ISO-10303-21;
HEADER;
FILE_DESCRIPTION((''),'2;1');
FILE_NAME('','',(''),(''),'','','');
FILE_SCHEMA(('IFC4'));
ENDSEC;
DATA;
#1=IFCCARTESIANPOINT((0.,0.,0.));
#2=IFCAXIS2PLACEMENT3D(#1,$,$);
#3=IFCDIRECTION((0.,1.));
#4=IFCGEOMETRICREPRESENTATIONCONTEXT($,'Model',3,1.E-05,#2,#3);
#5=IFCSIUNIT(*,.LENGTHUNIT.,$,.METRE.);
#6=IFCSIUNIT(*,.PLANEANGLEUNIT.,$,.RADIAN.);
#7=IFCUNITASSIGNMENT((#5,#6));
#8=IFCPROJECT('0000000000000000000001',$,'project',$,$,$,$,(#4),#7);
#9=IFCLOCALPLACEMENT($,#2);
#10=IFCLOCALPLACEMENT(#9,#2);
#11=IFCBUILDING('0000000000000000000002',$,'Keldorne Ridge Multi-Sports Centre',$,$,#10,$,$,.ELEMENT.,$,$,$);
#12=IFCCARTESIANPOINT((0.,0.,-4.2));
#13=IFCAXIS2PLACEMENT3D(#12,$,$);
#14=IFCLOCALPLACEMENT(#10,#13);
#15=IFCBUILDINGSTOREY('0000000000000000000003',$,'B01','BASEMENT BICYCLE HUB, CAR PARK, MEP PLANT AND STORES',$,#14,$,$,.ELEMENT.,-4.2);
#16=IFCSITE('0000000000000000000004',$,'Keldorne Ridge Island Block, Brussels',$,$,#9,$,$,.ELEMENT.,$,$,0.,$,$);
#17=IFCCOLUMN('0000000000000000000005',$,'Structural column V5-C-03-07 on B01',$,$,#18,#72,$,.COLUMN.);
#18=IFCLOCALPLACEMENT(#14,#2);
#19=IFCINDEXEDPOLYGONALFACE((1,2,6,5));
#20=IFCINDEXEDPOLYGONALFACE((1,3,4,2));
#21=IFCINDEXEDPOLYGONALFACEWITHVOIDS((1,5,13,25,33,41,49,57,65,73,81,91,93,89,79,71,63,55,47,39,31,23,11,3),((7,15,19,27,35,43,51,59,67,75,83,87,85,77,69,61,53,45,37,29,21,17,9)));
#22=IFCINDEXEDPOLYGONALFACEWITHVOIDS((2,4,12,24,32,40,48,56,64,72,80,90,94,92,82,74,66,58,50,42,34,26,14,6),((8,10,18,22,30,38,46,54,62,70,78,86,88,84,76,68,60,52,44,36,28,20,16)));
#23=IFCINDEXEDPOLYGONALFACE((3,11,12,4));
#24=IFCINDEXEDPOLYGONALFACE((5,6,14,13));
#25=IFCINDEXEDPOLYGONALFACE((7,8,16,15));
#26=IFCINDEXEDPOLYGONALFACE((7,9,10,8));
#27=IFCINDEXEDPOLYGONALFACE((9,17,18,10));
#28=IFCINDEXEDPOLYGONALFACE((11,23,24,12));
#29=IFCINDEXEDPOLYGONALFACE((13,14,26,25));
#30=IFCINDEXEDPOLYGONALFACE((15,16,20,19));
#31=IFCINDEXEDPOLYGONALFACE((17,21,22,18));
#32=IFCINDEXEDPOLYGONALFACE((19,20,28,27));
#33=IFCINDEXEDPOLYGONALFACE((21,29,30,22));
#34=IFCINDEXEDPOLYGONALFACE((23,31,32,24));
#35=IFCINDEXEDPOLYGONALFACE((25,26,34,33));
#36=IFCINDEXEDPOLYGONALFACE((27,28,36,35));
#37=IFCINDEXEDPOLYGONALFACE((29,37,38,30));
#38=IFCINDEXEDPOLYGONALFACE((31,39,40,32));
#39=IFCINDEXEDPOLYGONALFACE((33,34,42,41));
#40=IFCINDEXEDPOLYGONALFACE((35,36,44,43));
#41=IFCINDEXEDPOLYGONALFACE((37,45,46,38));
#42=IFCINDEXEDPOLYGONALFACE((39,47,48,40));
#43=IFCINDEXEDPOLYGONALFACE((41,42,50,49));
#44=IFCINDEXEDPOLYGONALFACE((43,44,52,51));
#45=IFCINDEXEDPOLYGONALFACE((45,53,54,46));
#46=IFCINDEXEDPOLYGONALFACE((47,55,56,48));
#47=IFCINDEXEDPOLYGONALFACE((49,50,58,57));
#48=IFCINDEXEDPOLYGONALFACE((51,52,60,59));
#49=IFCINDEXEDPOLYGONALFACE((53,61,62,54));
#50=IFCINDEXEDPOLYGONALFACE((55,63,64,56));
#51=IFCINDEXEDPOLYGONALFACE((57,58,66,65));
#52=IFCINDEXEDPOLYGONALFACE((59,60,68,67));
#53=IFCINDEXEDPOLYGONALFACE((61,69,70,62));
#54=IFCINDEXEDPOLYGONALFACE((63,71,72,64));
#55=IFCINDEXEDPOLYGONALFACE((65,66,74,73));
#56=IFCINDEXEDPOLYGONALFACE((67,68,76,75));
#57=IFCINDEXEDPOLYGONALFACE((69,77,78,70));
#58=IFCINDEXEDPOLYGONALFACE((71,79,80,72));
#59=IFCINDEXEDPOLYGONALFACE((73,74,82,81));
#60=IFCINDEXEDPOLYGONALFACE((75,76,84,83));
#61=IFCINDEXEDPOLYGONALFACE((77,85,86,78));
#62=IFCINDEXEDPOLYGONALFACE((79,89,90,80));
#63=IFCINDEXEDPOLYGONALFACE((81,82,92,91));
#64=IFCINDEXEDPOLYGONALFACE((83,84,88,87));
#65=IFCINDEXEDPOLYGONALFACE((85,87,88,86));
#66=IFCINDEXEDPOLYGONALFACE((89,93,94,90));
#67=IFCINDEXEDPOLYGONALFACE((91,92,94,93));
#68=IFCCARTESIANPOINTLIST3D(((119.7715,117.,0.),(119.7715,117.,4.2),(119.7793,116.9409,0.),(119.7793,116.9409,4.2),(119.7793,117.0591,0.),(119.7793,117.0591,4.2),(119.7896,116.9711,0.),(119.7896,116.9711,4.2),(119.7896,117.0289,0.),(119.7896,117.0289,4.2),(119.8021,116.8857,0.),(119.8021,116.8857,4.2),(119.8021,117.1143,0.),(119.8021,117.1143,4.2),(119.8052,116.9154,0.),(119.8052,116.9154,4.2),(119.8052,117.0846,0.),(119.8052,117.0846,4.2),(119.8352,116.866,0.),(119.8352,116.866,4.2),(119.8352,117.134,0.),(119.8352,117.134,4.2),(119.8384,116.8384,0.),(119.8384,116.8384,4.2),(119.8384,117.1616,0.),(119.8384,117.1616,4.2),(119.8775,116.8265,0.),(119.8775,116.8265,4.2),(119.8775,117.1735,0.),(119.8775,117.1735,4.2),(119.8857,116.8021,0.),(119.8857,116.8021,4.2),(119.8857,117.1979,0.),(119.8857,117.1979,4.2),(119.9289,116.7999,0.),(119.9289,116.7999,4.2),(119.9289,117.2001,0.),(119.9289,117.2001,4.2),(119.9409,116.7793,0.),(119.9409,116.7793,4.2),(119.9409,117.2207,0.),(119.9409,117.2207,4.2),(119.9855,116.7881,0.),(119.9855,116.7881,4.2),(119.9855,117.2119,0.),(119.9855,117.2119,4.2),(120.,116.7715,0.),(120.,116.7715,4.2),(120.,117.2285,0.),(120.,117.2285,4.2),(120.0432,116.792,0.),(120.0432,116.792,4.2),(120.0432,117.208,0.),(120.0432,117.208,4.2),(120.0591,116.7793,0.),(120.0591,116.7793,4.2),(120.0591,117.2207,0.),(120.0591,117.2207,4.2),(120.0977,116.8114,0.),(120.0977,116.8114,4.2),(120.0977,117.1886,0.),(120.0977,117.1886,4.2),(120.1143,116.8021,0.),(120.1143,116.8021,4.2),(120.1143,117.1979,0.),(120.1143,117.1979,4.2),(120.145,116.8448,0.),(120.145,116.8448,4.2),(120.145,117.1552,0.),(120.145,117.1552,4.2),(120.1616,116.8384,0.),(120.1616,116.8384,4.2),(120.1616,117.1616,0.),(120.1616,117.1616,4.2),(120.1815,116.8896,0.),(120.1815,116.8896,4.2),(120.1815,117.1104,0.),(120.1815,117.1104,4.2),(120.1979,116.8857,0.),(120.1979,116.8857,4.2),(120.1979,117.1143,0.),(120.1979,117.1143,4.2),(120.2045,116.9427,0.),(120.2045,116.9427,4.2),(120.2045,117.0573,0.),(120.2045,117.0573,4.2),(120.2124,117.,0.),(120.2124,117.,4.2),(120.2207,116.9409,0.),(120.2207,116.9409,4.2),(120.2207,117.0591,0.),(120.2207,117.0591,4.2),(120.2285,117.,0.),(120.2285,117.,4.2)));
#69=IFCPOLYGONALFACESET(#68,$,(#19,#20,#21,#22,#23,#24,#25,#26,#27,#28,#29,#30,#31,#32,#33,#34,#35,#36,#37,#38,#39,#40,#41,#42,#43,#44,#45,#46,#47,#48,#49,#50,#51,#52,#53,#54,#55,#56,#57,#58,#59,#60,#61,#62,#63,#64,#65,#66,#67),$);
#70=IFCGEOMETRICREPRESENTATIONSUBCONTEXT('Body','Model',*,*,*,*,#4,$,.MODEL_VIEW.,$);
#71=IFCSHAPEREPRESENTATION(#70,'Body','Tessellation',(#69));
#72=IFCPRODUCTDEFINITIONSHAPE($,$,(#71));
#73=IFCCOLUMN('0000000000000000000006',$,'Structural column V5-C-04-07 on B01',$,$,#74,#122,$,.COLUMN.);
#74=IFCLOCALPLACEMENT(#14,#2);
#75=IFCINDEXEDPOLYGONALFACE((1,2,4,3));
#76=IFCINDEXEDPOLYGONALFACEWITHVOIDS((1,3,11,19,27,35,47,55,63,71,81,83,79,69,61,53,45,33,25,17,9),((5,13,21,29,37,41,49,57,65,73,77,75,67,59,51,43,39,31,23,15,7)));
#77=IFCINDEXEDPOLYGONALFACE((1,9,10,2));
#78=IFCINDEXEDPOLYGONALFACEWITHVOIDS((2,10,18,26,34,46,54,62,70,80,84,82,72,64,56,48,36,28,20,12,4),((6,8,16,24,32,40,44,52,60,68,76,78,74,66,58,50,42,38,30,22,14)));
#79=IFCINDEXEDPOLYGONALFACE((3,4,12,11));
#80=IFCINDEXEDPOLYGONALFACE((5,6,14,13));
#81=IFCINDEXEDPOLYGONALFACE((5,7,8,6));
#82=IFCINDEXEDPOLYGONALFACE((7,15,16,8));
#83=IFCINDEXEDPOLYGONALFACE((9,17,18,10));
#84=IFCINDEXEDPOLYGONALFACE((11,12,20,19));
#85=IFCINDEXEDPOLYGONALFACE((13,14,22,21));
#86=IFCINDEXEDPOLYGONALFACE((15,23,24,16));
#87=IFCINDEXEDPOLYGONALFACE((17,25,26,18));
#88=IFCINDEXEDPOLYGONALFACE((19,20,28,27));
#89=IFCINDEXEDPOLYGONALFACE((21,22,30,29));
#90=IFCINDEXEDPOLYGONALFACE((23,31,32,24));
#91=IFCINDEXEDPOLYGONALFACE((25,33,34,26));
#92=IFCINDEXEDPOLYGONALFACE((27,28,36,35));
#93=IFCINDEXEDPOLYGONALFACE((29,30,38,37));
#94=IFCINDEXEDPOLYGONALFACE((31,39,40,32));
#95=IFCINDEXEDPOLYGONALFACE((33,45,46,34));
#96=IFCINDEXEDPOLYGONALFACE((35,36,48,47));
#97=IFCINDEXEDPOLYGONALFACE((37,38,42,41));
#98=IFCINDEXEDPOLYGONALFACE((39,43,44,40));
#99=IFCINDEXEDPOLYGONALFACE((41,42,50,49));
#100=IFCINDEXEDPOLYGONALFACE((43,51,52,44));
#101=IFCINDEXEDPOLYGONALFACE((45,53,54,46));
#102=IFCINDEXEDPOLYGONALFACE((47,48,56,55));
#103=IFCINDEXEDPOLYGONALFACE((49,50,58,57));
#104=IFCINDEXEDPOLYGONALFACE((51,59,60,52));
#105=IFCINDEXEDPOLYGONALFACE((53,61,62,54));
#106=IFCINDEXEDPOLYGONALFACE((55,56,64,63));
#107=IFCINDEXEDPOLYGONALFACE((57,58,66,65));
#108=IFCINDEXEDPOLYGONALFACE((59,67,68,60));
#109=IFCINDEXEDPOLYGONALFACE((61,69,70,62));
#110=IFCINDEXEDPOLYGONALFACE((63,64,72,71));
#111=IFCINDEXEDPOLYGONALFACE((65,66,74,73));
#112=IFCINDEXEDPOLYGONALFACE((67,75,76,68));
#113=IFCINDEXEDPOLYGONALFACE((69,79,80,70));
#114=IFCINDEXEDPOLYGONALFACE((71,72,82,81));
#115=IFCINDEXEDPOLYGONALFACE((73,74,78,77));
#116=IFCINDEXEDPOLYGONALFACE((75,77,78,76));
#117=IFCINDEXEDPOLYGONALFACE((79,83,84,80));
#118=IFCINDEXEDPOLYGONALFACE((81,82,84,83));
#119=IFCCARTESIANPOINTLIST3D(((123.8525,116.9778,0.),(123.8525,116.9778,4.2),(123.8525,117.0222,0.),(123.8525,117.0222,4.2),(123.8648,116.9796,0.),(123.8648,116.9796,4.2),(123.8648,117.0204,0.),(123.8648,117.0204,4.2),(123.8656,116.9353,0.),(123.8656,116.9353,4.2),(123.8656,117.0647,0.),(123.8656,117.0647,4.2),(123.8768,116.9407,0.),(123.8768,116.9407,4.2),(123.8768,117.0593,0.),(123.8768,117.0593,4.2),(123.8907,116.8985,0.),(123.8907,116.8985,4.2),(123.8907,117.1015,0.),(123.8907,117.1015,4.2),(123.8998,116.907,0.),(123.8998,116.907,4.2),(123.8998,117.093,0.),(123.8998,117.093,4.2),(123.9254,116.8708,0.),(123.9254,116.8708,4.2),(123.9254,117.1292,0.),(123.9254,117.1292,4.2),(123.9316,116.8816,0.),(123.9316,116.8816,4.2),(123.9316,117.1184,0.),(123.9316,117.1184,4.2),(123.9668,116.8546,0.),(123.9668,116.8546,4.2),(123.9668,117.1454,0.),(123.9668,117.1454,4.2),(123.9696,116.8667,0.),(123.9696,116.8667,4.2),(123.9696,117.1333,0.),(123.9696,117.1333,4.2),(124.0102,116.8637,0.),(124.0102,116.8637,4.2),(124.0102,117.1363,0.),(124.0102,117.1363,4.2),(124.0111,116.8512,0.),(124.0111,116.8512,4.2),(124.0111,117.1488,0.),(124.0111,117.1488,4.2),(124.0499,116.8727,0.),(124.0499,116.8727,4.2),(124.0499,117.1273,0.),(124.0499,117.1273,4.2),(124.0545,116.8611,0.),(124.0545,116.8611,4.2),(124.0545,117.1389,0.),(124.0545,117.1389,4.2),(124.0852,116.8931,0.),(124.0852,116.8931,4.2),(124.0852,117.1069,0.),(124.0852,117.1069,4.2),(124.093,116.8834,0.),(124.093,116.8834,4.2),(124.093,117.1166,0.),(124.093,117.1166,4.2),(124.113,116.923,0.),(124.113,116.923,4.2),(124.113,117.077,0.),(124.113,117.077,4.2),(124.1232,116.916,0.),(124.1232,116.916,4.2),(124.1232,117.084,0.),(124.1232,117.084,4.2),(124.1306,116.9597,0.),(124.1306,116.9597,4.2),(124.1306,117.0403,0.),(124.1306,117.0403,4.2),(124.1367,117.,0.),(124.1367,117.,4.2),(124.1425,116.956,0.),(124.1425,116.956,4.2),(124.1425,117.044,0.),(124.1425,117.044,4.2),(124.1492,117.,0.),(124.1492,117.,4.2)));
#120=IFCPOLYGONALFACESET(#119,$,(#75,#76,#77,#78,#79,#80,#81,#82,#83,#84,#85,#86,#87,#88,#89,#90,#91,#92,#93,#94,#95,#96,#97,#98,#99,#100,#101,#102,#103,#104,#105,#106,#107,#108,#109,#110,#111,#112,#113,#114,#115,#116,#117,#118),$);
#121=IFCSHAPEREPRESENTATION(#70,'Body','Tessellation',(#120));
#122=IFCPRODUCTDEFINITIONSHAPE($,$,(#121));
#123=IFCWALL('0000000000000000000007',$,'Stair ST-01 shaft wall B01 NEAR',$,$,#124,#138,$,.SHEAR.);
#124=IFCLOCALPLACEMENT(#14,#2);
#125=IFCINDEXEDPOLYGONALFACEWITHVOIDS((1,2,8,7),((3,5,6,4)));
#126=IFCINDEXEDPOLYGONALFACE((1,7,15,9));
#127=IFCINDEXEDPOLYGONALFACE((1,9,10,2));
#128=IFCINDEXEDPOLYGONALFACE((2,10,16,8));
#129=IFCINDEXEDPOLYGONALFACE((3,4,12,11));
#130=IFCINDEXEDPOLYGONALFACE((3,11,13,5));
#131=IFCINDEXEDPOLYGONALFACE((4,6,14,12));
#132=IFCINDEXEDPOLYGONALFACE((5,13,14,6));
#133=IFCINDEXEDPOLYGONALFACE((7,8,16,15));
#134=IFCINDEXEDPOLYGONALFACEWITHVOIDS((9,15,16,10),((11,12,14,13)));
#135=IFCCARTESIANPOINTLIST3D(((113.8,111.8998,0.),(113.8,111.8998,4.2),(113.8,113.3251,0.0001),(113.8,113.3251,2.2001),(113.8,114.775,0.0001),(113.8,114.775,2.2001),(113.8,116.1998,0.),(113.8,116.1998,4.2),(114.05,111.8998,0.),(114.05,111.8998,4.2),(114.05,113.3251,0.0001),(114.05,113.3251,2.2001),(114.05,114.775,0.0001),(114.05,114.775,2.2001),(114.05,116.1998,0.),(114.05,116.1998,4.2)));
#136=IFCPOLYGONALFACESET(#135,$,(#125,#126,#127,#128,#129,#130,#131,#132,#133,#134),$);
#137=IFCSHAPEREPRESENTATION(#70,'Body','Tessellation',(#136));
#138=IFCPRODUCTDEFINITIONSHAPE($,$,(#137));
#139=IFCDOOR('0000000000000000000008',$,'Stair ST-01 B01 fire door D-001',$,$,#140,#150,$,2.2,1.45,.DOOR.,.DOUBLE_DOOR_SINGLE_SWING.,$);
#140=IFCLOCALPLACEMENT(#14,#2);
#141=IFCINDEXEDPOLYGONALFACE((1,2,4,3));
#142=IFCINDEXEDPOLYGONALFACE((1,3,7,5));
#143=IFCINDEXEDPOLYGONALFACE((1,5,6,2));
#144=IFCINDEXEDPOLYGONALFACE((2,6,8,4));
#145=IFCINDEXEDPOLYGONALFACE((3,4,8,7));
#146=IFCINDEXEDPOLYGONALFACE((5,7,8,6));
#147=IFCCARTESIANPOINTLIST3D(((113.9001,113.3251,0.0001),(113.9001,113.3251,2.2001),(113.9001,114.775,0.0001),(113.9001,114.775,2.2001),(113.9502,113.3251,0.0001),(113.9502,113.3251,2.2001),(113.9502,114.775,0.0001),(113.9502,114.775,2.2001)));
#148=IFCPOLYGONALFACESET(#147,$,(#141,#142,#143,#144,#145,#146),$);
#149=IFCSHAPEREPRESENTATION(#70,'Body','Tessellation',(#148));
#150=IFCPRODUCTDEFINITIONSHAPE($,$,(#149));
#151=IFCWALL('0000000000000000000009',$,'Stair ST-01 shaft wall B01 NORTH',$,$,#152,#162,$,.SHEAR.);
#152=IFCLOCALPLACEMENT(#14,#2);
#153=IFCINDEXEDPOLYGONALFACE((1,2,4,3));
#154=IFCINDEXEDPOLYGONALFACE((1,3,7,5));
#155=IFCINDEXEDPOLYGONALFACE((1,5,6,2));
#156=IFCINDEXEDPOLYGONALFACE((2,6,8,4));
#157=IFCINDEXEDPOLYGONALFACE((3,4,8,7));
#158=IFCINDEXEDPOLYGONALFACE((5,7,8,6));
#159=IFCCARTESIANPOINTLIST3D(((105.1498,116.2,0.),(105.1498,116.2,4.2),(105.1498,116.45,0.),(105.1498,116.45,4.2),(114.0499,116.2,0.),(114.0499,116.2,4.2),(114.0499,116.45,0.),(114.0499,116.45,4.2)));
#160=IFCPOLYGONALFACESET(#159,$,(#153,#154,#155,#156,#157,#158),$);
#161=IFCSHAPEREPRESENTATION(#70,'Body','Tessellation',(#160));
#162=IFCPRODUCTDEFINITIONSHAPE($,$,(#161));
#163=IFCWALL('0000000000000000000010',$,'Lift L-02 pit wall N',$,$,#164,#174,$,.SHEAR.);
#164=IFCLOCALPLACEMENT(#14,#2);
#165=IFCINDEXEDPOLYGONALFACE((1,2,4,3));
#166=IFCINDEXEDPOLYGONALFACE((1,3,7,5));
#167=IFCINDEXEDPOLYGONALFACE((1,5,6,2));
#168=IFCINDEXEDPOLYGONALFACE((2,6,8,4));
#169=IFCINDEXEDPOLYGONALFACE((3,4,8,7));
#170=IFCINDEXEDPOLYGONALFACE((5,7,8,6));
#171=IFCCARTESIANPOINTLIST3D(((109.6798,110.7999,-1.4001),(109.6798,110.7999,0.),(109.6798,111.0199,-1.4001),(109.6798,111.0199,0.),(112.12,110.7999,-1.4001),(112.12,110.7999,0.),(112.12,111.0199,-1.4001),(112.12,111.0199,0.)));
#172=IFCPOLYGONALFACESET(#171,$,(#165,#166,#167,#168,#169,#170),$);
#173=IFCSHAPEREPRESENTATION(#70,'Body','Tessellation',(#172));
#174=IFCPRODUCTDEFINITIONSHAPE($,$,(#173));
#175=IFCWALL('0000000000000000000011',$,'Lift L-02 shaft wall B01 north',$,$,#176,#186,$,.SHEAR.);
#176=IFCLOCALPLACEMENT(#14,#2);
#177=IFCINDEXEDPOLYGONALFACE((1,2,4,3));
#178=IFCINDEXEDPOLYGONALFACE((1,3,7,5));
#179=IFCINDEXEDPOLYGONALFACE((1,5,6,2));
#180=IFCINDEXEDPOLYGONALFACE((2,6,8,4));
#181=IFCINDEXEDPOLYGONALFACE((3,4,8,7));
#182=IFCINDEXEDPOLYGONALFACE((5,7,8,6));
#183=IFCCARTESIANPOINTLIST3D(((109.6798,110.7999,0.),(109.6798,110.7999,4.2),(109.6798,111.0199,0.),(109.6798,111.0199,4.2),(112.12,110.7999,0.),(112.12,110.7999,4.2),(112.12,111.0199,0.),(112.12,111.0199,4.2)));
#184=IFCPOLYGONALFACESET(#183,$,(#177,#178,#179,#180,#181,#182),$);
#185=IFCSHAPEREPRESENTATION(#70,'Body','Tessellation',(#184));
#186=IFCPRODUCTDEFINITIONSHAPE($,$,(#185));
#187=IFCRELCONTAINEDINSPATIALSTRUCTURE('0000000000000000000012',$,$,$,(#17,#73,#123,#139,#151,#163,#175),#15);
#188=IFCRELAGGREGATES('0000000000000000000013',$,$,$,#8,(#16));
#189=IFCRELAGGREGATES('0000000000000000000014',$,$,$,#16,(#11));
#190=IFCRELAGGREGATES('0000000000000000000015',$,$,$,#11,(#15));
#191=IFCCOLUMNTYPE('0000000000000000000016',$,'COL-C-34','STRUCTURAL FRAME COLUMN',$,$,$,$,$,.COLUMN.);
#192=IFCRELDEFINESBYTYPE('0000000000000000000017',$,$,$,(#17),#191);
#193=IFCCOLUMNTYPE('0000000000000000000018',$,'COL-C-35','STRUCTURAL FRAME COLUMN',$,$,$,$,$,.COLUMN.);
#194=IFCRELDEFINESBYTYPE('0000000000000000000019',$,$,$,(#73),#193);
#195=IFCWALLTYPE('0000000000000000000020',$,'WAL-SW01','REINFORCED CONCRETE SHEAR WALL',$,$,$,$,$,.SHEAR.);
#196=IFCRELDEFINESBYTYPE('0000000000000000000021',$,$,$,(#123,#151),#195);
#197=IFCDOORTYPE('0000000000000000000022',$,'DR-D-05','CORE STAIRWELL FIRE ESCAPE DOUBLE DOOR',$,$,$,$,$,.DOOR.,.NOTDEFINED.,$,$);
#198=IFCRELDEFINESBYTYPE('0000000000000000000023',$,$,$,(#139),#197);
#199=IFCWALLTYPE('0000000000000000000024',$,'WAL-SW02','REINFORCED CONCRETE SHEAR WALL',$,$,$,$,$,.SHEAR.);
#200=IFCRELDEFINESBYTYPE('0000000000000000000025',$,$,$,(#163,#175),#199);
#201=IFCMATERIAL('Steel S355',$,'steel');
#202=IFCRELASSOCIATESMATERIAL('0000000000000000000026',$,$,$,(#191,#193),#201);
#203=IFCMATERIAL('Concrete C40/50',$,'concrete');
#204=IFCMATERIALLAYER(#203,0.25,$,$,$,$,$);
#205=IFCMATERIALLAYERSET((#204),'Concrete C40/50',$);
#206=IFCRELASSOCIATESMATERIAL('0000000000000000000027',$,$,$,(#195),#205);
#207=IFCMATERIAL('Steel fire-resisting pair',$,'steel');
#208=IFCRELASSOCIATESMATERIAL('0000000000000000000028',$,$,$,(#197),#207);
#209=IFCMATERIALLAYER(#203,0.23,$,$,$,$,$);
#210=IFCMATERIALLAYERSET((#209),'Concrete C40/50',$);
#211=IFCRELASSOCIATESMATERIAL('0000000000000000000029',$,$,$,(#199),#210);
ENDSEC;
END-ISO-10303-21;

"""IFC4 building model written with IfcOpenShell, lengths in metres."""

from ifc_helpers import new_model, si_unit, direction, frame, frame_2d, origin, origin_2d, place, context, subcontext, project, spatial, rectangle, hollow_circle, extrude, material, layer, layer_set, material_profile, profile_set, type_object, element, fill, save


model = new_model("IFC4")

# Units and contexts
model_context = context("Model", 3, precision=1e-05, world=origin(), true_north=direction((0.0, 1.0)))
body_context = subcontext(model_context, "Body", "Model", "MODEL_VIEW")
ifc_project = project(units=[si_unit("LENGTHUNIT", "METRE"), si_unit("PLANEANGLEUNIT", "RADIAN")], contexts=[model_context])

# Site, building, storey
site_placement = place(None, origin())
site = spatial("IfcSite", under=ifc_project, at=site_placement, Name="Keldorne Ridge Island Block, Brussels", CompositionType="ELEMENT", RefElevation=0.0)
building_placement = place(site_placement, origin())
building = spatial("IfcBuilding", under=site, at=building_placement, Name="Keldorne Ridge Multi-Sports Centre", CompositionType="ELEMENT")
storey_placement = place(building_placement, frame((0.0, 0.0, -4.2)))
storey = spatial("IfcBuildingStorey", under=building, at=storey_placement, Name="B01", Description="BASEMENT BICYCLE HUB, CAR PARK, MEP PLANT AND STORES", CompositionType="ELEMENT", Elevation=-4.2)

# Columns
ifc_material_1 = material(Name="Concrete C40/50", Category="concrete")
ifc_material_2 = material(Name="Steel S355", Category="steel")
ifc_material_profile_1 = material_profile(ifc_material_2, hollow_circle(Radius=0.2285, WallThickness=0.0161, at=origin_2d()), Name="CHS 457x16")
ifc_profile_set_1 = profile_set([ifc_material_profile_1], Name="Steel S355")
column_type_1 = type_object("IfcColumnType", Name="COL-C-34", Description="STRUCTURAL FRAME COLUMN", PredefinedType="COLUMN", material=ifc_profile_set_1)
column_1_placement = place(storey_placement, frame((120.0, 117.0, 0.0), z_axis=(0.0, 0.0, 1.0), x_axis=(1.0, 0.0, 0.0)))
element("IfcColumn", 1, at=column_1_placement, inside=storey, type_object=column_type_1, Name="Structural column V5-C-03-07 on B01", PredefinedType="COLUMN", context=body_context, shape_type="SweptSolid", body=[
    extrude(hollow_circle(Radius=0.2285, WallThickness=0.0161, at=origin_2d()), origin(), (0.0, 0.0, 1.0), 4.2),
])
ifc_material_profile_2 = material_profile(ifc_material_2, hollow_circle(Radius=0.1492, WallThickness=0.0125, at=origin_2d()), Name="CHS 298.5x12.5")
ifc_profile_set_2 = profile_set([ifc_material_profile_2], Name="Steel S355")
column_type_2 = type_object("IfcColumnType", Name="COL-C-35", Description="STRUCTURAL FRAME COLUMN", PredefinedType="COLUMN", material=ifc_profile_set_2)
column_2_placement = place(storey_placement, frame((124.0, 117.0, 0.0), z_axis=(0.0, 0.0, 1.0), x_axis=(1.0, 0.0, 0.0)))
element("IfcColumn", 2, at=column_2_placement, inside=storey, type_object=column_type_2, Name="Structural column V5-C-04-07 on B01", PredefinedType="COLUMN", context=body_context, shape_type="SweptSolid", body=[
    extrude(hollow_circle(Radius=0.1492, WallThickness=0.0125, at=origin_2d()), origin(), (0.0, 0.0, 1.0), 4.2),
])

# Wall, opening, door
ifc_layer_1 = layer(ifc_material_1, 0.25)
ifc_layer_set_1 = layer_set([ifc_layer_1], Name="Concrete C40/50")
wall_type_1 = type_object("IfcWallType", Name="WAL-SW01", Description="REINFORCED CONCRETE SHEAR WALL", PredefinedType="SHEAR", material=ifc_layer_set_1)
wall_1_placement = place(storey_placement, frame((113.925, 111.8999, 0.0), z_axis=(0.0, 0.0, 1.0), x_axis=(0.0, 1.0, 0.0)))
wall_1 = element("IfcWall", 3, at=wall_1_placement, inside=storey, type_object=wall_type_1, Name="Stair ST-01 shaft wall B01 NEAR", PredefinedType="SHEAR", context=body_context, shape_type="SweptSolid", body=[
    extrude(rectangle(XDim=4.3, YDim=0.25, at=frame_2d((2.1499, 0.0))), origin(), (0.0, 0.0, 1.0), 4.2),
])
opening_1_placement = place(wall_1_placement, frame((1.425, 0.0, 0.0)))
opening_1 = element("IfcOpeningElement", 4, at=opening_1_placement, cuts=wall_1, PredefinedType="OPENING", context=body_context, shape_type="SweptSolid", body=[
    extrude(rectangle(XDim=1.45, YDim=2.2, at=frame_2d((0.7251, 1.1001))), frame((0.0, 0.135, 0.0), z_axis=(0.0, -1.0, 0.0), x_axis=(1.0, 0.0, 0.0)), (0.0, 0.0, 1.0), 0.27),
])
ifc_material_3 = material(Name="Steel fire-resisting pair", Category="steel")
door_type = type_object("IfcDoorType", Name="DR-D-05", Description="CORE STAIRWELL FIRE ESCAPE DOUBLE DOOR", OperationType="NOTDEFINED", PredefinedType="DOOR", material=ifc_material_3)
door_1_placement = place(opening_1_placement, origin())
door_1 = element("IfcDoor", 5, at=door_1_placement, inside=storey, type_object=door_type, Name="Stair ST-01 B01 fire door D-001", OperationType="DOUBLE_DOOR_SINGLE_SWING", OverallHeight=2.2, OverallWidth=1.45, PredefinedType="DOOR", context=body_context, shape_type="SweptSolid", body=[
    extrude(rectangle(XDim=1.45, YDim=2.2, at=frame_2d((0.7251, 1.1001))), frame((0.0, 0.0249, 0.0), z_axis=(0.0, -1.0, 0.0), x_axis=(1.0, 0.0, 0.0)), (0.0, 0.0, 1.0), 0.05),
])
fill(opening_1, door_1)

# Walls
wall_2_placement = place(storey_placement, frame((114.05, 116.325, 0.0), z_axis=(0.0, 0.0, 1.0), x_axis=(-1.0, 0.0, 0.0)))
element("IfcWall", 6, at=wall_2_placement, inside=storey, type_object=wall_type_1, Name="Stair ST-01 shaft wall B01 NORTH", PredefinedType="SHEAR", context=body_context, shape_type="SweptSolid", body=[
    extrude(rectangle(XDim=8.9001, YDim=0.25, at=frame_2d((4.4502, 0.0))), origin(), (0.0, 0.0, 1.0), 4.2),
])
ifc_layer_2 = layer(ifc_material_1, 0.23)
ifc_layer_set_2 = layer_set([ifc_layer_2], Name="Concrete C40/50")
wall_type_2 = type_object("IfcWallType", Name="WAL-SW02", Description="REINFORCED CONCRETE SHEAR WALL", PredefinedType="SHEAR", material=ifc_layer_set_2)
wall_3_placement = place(storey_placement, frame((112.1201, 110.9099, -1.4001), z_axis=(0.0, 0.0, 1.0), x_axis=(-1.0, 0.0, 0.0)))
element("IfcWall", 7, at=wall_3_placement, inside=storey, type_object=wall_type_2, Name="Lift L-02 pit wall N", PredefinedType="SHEAR", context=body_context, shape_type="SweptSolid", body=[
    extrude(rectangle(XDim=2.4402, YDim=0.22, at=frame_2d((1.2202, 0.0))), origin(), (0.0, 0.0, 1.0), 1.4001),
])
wall_4_placement = place(storey_placement, frame((112.1201, 110.9099, 0.0), z_axis=(0.0, 0.0, 1.0), x_axis=(-1.0, 0.0, 0.0)))
element("IfcWall", 8, at=wall_4_placement, inside=storey, type_object=wall_type_2, Name="Lift L-02 shaft wall B01 north", PredefinedType="SHEAR", context=body_context, shape_type="SweptSolid", body=[
    extrude(rectangle(XDim=2.4402, YDim=0.22, at=frame_2d((1.2202, 0.0))), origin(), (0.0, 0.0, 1.0), 4.2),
])

save(model, "model.ifc")
